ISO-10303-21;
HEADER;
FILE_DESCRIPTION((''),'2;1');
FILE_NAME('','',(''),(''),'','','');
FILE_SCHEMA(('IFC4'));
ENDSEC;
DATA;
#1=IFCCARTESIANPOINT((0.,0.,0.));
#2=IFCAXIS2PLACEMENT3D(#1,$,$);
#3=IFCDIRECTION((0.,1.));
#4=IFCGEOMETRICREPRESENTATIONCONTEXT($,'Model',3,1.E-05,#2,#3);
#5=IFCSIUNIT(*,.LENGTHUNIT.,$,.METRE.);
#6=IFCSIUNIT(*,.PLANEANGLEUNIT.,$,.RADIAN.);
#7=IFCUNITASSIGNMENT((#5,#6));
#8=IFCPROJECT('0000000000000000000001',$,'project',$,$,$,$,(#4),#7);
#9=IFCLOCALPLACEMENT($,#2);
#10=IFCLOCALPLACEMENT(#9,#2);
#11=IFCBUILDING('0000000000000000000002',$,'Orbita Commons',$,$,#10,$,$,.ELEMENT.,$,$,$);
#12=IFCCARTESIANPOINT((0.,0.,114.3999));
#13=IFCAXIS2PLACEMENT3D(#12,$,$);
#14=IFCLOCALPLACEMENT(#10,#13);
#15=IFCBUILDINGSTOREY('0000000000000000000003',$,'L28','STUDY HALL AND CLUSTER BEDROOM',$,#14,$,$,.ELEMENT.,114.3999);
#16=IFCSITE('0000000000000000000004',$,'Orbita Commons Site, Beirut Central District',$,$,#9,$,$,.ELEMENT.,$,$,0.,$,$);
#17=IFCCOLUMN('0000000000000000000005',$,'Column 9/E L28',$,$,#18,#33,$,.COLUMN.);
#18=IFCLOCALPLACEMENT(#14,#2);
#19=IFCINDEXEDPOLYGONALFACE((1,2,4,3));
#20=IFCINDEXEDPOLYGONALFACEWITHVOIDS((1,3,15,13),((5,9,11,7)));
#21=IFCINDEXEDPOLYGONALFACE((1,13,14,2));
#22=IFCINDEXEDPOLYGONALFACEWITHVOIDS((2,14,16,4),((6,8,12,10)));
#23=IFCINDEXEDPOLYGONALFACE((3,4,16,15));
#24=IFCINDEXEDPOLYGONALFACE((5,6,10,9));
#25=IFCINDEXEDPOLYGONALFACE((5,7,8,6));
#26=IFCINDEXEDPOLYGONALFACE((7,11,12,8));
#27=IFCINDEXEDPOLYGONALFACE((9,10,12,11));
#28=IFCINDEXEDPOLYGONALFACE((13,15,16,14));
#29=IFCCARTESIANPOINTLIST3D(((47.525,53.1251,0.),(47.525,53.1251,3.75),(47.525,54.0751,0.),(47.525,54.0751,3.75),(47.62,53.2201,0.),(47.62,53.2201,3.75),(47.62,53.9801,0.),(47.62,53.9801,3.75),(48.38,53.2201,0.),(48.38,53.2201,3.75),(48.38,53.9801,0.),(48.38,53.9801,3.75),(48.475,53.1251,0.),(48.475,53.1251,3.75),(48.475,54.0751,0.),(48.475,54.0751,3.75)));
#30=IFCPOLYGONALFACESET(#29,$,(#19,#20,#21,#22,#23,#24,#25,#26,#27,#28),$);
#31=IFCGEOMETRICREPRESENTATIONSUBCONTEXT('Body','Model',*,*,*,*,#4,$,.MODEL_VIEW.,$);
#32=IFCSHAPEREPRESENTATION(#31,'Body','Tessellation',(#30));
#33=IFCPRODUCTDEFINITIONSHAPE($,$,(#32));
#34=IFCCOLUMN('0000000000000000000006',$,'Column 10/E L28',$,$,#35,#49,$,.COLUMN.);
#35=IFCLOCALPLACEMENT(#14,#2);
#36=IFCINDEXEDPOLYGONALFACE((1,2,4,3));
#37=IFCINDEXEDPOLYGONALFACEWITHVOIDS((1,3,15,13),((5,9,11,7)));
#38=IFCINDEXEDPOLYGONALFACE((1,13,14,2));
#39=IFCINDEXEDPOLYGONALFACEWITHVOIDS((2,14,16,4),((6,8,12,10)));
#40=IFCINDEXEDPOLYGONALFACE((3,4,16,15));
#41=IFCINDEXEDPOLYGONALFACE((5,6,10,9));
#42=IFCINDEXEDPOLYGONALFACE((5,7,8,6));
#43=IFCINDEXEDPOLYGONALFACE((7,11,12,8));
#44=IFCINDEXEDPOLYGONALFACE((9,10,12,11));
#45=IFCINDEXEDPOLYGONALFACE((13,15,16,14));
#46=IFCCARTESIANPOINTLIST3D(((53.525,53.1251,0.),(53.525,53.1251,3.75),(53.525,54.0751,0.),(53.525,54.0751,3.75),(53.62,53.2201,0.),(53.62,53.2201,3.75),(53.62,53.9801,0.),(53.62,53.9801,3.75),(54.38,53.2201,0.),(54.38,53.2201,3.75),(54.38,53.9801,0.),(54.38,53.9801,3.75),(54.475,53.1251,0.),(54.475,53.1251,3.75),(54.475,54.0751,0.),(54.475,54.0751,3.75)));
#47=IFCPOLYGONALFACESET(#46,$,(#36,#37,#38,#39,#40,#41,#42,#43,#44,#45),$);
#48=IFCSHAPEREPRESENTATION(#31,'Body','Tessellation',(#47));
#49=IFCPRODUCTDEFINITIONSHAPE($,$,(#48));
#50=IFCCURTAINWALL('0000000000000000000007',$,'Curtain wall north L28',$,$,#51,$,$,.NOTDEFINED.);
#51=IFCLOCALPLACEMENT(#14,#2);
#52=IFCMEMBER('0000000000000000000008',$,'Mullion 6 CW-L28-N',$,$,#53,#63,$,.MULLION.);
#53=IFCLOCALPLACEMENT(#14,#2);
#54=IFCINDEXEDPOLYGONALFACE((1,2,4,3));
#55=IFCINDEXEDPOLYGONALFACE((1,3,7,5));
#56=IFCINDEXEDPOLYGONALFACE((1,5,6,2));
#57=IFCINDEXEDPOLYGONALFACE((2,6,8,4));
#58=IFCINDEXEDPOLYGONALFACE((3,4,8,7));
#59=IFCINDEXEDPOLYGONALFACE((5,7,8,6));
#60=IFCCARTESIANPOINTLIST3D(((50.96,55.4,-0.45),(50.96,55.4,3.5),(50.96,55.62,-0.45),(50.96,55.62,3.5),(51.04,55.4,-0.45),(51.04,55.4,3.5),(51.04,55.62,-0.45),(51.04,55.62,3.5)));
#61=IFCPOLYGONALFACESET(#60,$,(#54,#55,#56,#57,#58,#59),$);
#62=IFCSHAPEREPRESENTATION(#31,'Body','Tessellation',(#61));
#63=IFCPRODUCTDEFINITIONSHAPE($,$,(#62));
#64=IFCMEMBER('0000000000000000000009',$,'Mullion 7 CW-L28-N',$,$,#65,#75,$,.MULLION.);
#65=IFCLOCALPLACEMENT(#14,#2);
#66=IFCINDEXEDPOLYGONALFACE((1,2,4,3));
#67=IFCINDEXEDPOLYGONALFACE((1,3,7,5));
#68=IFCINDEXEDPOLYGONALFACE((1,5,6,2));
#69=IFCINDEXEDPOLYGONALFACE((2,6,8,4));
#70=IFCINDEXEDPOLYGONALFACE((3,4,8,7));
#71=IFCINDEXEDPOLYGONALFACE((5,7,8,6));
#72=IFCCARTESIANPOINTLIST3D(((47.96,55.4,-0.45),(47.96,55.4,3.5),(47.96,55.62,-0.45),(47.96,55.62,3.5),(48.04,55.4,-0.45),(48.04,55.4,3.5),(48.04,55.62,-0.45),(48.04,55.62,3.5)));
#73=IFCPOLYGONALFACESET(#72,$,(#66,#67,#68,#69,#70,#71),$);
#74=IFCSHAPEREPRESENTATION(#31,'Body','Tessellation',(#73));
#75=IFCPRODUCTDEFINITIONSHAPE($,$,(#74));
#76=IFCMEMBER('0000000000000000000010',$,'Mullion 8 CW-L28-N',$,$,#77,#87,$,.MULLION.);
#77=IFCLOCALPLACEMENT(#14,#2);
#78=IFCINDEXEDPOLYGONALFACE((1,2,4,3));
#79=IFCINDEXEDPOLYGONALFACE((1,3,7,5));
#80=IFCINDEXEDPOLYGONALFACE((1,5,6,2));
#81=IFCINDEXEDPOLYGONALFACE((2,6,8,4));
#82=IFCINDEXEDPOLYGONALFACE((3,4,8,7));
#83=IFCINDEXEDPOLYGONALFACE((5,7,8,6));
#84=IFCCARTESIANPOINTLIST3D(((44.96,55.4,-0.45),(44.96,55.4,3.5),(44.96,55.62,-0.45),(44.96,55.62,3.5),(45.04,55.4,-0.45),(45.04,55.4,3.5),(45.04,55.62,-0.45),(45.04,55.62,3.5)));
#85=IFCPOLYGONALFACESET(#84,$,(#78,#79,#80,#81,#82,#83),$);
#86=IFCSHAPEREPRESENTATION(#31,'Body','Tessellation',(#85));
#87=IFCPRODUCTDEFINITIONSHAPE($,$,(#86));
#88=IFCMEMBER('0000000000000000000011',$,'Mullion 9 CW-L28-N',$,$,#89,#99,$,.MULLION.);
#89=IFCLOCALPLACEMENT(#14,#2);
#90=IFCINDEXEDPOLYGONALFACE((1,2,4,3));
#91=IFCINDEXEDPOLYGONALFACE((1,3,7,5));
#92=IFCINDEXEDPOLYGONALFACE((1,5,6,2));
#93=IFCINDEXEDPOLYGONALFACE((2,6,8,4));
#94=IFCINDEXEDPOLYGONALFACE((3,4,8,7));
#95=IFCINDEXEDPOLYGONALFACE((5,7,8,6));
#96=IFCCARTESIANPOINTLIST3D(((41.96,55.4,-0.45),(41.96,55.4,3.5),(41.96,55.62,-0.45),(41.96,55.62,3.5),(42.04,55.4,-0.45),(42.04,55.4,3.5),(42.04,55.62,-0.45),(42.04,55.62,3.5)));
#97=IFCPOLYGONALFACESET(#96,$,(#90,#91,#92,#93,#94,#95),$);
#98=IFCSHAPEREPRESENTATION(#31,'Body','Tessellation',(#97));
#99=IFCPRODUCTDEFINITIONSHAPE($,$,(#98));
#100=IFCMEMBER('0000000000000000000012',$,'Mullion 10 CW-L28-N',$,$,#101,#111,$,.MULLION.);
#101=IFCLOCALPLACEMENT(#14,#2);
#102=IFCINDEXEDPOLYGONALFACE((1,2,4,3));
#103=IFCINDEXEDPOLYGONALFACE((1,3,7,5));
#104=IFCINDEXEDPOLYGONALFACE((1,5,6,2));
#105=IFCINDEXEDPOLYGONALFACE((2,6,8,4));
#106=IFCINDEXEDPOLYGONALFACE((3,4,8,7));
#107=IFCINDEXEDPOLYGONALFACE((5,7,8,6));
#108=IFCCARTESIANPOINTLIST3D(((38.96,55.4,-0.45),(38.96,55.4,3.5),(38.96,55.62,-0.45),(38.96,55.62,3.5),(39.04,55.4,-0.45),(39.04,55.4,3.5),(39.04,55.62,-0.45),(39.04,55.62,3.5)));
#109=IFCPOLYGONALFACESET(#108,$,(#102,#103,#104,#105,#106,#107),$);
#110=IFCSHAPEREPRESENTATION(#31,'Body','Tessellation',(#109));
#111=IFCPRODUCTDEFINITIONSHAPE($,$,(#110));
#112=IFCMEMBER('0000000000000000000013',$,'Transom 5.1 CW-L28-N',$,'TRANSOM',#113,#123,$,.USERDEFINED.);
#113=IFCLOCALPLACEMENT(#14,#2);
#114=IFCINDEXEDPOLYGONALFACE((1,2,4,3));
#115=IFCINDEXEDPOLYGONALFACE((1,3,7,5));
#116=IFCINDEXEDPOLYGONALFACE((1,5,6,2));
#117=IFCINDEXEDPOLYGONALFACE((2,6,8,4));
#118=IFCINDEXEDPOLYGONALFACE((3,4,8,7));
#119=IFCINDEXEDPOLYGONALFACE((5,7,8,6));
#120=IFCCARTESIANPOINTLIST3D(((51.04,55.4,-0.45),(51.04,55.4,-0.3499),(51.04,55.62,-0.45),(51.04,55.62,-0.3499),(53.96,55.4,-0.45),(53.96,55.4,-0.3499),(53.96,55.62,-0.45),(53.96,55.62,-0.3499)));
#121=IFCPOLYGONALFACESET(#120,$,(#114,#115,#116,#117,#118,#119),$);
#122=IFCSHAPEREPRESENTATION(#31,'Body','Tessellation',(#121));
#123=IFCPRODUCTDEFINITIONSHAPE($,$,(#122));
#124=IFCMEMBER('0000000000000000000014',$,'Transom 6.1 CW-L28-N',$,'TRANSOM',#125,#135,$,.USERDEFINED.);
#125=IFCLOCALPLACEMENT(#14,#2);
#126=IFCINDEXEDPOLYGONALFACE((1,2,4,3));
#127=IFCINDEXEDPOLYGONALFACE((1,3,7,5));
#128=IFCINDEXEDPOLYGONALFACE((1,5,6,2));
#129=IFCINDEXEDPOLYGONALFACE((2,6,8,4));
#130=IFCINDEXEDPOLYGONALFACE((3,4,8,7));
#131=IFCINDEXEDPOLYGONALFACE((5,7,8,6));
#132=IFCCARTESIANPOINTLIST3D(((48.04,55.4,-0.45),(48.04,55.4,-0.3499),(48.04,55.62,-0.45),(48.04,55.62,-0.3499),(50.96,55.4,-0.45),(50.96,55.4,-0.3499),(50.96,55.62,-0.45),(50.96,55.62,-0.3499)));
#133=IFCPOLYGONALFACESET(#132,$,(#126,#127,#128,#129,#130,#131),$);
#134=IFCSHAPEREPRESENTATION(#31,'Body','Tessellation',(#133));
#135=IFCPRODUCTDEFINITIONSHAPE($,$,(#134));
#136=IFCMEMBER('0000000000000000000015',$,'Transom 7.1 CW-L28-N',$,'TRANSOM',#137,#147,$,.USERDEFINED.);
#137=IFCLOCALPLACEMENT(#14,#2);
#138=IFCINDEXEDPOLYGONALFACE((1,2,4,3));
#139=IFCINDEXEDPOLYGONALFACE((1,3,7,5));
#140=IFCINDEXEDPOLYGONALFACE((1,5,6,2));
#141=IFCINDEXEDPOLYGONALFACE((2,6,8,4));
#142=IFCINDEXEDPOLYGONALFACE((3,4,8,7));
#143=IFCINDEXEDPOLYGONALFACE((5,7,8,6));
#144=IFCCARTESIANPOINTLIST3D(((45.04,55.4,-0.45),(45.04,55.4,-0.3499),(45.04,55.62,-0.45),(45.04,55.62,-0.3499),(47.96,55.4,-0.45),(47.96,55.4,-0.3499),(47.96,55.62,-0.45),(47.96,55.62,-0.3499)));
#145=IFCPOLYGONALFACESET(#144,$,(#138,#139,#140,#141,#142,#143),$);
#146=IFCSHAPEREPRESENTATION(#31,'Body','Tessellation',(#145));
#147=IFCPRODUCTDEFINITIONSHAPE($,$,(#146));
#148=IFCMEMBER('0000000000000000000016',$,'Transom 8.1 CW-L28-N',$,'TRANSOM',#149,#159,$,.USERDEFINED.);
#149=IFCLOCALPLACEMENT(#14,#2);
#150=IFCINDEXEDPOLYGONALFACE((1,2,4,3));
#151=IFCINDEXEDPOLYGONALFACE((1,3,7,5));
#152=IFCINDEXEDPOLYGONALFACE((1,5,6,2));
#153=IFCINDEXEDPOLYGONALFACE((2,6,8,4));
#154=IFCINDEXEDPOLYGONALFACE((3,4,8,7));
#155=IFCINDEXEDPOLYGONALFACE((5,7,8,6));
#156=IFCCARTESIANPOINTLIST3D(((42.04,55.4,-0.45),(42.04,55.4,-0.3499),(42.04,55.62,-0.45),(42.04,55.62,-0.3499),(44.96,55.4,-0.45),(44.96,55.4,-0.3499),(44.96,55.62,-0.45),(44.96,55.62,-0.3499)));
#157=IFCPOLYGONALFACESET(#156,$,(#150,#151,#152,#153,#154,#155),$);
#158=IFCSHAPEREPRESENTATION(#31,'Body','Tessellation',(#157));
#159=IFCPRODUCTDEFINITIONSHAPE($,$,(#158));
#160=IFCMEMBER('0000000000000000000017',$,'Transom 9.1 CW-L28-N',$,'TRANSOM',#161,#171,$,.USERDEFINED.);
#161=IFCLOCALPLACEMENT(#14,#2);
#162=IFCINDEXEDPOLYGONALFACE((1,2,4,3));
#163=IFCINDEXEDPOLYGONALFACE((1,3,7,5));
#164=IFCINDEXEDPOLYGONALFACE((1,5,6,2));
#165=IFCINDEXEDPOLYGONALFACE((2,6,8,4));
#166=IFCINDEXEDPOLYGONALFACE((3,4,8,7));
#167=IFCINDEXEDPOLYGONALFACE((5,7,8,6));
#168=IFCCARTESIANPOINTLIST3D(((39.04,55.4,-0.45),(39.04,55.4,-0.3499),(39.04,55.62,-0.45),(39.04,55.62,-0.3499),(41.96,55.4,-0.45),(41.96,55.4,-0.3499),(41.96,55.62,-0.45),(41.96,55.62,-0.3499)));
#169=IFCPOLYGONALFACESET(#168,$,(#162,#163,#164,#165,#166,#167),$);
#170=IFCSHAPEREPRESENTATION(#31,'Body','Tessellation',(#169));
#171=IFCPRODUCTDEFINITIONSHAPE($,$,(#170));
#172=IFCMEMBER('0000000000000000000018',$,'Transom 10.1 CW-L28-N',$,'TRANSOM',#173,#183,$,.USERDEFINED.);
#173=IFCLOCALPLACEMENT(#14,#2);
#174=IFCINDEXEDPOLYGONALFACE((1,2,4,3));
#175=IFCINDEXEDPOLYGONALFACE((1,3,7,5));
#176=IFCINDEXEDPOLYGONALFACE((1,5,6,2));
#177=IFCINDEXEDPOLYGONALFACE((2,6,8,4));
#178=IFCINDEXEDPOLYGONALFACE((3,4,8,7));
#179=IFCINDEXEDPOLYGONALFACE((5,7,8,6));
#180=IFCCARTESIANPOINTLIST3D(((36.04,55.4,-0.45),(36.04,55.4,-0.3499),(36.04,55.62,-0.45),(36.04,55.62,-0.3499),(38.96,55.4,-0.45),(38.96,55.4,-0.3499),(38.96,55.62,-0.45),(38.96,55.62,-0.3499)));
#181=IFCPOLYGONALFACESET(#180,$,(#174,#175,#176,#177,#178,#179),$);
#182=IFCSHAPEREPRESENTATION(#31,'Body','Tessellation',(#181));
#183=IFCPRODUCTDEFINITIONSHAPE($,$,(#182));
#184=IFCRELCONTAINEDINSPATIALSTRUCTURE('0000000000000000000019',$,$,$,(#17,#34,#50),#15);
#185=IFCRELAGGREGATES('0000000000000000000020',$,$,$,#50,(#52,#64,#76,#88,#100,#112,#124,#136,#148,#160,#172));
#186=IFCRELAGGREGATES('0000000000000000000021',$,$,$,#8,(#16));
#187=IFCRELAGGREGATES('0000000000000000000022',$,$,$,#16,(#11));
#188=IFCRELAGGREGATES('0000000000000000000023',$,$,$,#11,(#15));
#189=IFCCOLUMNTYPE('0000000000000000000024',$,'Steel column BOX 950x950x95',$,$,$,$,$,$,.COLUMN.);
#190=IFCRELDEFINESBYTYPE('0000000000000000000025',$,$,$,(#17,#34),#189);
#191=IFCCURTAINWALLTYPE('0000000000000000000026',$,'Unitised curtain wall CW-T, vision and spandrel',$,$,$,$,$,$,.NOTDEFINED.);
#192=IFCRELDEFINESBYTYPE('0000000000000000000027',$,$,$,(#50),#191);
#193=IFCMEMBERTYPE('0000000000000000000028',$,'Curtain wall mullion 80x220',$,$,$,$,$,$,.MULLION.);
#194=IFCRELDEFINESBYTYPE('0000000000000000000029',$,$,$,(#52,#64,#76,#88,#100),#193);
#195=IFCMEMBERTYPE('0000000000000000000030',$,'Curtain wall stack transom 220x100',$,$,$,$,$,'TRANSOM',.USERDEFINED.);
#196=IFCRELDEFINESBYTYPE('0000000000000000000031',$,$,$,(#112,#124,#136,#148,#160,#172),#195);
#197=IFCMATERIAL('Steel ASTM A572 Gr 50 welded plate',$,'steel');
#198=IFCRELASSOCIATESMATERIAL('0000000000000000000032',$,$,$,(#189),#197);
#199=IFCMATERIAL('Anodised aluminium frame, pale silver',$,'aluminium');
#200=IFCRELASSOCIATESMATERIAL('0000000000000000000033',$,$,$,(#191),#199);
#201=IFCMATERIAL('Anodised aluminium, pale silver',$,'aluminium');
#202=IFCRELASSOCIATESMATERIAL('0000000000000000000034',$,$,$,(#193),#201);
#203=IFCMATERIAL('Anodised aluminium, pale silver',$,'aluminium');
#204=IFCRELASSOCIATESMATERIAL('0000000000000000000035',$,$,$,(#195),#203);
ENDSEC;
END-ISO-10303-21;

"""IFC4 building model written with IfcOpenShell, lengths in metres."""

from ifc_helpers import new_model, si_unit, direction, frame, origin, origin_2d, place, context, subcontext, project, spatial, rectangle, hollow_rectangle, extrude, material, material_profile, profile_set, type_object, element, aggregate, save


model = new_model("IFC4")

# Units and contexts
model_context = context("Model", 3, precision=1e-05, world=origin(), true_north=direction((0.0, 1.0)))
body_context = subcontext(model_context, "Body", "Model", "MODEL_VIEW")
ifc_project = project(units=[si_unit("LENGTHUNIT", "METRE"), si_unit("PLANEANGLEUNIT", "RADIAN")], contexts=[model_context])

# Site, building, storey
site_placement = place(None, origin())
site = spatial("IfcSite", under=ifc_project, at=site_placement, Name="Orbita Commons Site, Beirut Central District", CompositionType="ELEMENT", RefElevation=0.0)
building_placement = place(site_placement, origin())
building = spatial("IfcBuilding", under=site, at=building_placement, Name="Orbita Commons", CompositionType="ELEMENT")
storey_placement = place(building_placement, frame((0.0, 0.0, 114.3999)))
storey = spatial("IfcBuildingStorey", under=building, at=storey_placement, Name="L28", Description="STUDY HALL AND CLUSTER BEDROOM", CompositionType="ELEMENT", Elevation=114.3999)

# Columns
ifc_material_1 = material(Name="Steel ASTM A572 Gr 50 welded plate", Category="steel")
ifc_material_profile_1 = material_profile(ifc_material_1, hollow_rectangle(XDim=0.95, YDim=0.95, WallThickness=0.095, at=origin_2d()), Name="BOX 950x950x95")
ifc_profile_set_1 = profile_set([ifc_material_profile_1], Name="Steel ASTM A572 Gr 50 welded plate")
column_type = type_object("IfcColumnType", Name="Steel column BOX 950x950x95", PredefinedType="COLUMN", material=ifc_profile_set_1)
for number, where, z_axis, x_axis, name in (
    (1, (48.0, 53.6001, 0.0), (0.0, 0.0, 1.0), (1.0, 0.0, 0.0), "Column 9/E L28"),
    (2, (54.0, 53.6001, 0.0), (0.0, 0.0, 1.0), (1.0, 0.0, 0.0), "Column 10/E L28"),
):
    element("IfcColumn", number, at=place(storey_placement, frame(where, z_axis=z_axis, x_axis=x_axis)), inside=storey, type_object=column_type, Name=name, PredefinedType="COLUMN", context=body_context, shape_type="SweptSolid", body=[
        extrude(hollow_rectangle(XDim=0.95, YDim=0.95, WallThickness=0.095, at=origin_2d()), origin(), (0.0, 0.0, 1.0), 3.75),
    ])

# Curtain wall, members
ifc_material_2 = material(Name="Anodised aluminium frame, pale silver", Category="aluminium")
curtain_wall_type = type_object("IfcCurtainWallType", Name="Unitised curtain wall CW-T, vision and spandrel", PredefinedType="NOTDEFINED", material=ifc_material_2)
curtain_wall_placement = place(storey_placement, origin())
curtain_wall = element("IfcCurtainWall", 3, at=curtain_wall_placement, inside=storey, type_object=curtain_wall_type, Name="Curtain wall north L28", PredefinedType="NOTDEFINED")
ifc_material_3 = material(Name="Anodised aluminium, pale silver", Category="aluminium")
ifc_material_profile_2 = material_profile(ifc_material_3, rectangle(XDim=0.0801, YDim=0.22, at=origin_2d()), Name="AL 80x220")
ifc_profile_set_2 = profile_set([ifc_material_profile_2], Name="Anodised aluminium, pale silver")
member_type_1 = type_object("IfcMemberType", Name="Curtain wall mullion 80x220", PredefinedType="MULLION", material=ifc_profile_set_2)
member_1_placement = place(storey_placement, frame((51.0, 55.51, -0.45), z_axis=(0.0, 0.0, 1.0), x_axis=(-1.0, 0.0, 0.0)))
member_1 = element("IfcMember", 4, at=member_1_placement, type_object=member_type_1, Name="Mullion 6 CW-L28-N", PredefinedType="MULLION", context=body_context, shape_type="SweptSolid", body=[
    extrude(rectangle(XDim=0.0801, YDim=0.22, at=origin_2d()), origin(), (0.0, 0.0, 1.0), 3.95),
])
member_2_placement = place(storey_placement, frame((48.0, 55.51, -0.45), z_axis=(0.0, 0.0, 1.0), x_axis=(-1.0, 0.0, 0.0)))
member_2 = element("IfcMember", 5, at=member_2_placement, type_object=member_type_1, Name="Mullion 7 CW-L28-N", PredefinedType="MULLION", context=body_context, shape_type="SweptSolid", body=[
    extrude(rectangle(XDim=0.0801, YDim=0.22, at=origin_2d()), origin(), (0.0, 0.0, 1.0), 3.95),
])
member_3_placement = place(storey_placement, frame((45.0, 55.51, -0.45), z_axis=(0.0, 0.0, 1.0), x_axis=(-1.0, 0.0, 0.0)))
member_3 = element("IfcMember", 6, at=member_3_placement, type_object=member_type_1, Name="Mullion 8 CW-L28-N", PredefinedType="MULLION", context=body_context, shape_type="SweptSolid", body=[
    extrude(rectangle(XDim=0.0801, YDim=0.22, at=origin_2d()), origin(), (0.0, 0.0, 1.0), 3.95),
])
member_4_placement = place(storey_placement, frame((42.0, 55.51, -0.45), z_axis=(0.0, 0.0, 1.0), x_axis=(-1.0, 0.0, 0.0)))
member_4 = element("IfcMember", 7, at=member_4_placement, type_object=member_type_1, Name="Mullion 9 CW-L28-N", PredefinedType="MULLION", context=body_context, shape_type="SweptSolid", body=[
    extrude(rectangle(XDim=0.0801, YDim=0.22, at=origin_2d()), origin(), (0.0, 0.0, 1.0), 3.95),
])
member_5_placement = place(storey_placement, frame((39.0, 55.51, -0.45), z_axis=(0.0, 0.0, 1.0), x_axis=(-1.0, 0.0, 0.0)))
member_5 = element("IfcMember", 8, at=member_5_placement, type_object=member_type_1, Name="Mullion 10 CW-L28-N", PredefinedType="MULLION", context=body_context, shape_type="SweptSolid", body=[
    extrude(rectangle(XDim=0.0801, YDim=0.22, at=origin_2d()), origin(), (0.0, 0.0, 1.0), 3.95),
])
ifc_material_4 = material(Name="Anodised aluminium, pale silver", Category="aluminium")
ifc_material_profile_3 = material_profile(ifc_material_4, rectangle(XDim=0.22, YDim=0.1001, at=origin_2d()), Name="AL 220x100")
ifc_profile_set_3 = profile_set([ifc_material_profile_3], Name="Anodised aluminium, pale silver")
member_type_2 = type_object("IfcMemberType", Name="Curtain wall stack transom 220x100", ElementType="TRANSOM", PredefinedType="USERDEFINED", material=ifc_profile_set_3)
member_6_placement = place(storey_placement, frame((53.96, 55.51, -0.3999), z_axis=(-1.0, 0.0, 0.0), x_axis=(0.0, -1.0, 0.0)))
member_6 = element("IfcMember", 9, at=member_6_placement, type_object=member_type_2, Name="Transom 5.1 CW-L28-N", ObjectType="TRANSOM", PredefinedType="USERDEFINED", context=body_context, shape_type="SweptSolid", body=[
    extrude(rectangle(XDim=0.22, YDim=0.1001, at=origin_2d()), origin(), (0.0, 0.0, 1.0), 2.9199),
])
member_7_placement = place(storey_placement, frame((50.96, 55.51, -0.3999), z_axis=(-1.0, 0.0, 0.0), x_axis=(0.0, -1.0, 0.0)))
member_7 = element("IfcMember", 10, at=member_7_placement, type_object=member_type_2, Name="Transom 6.1 CW-L28-N", ObjectType="TRANSOM", PredefinedType="USERDEFINED", context=body_context, shape_type="SweptSolid", body=[
    extrude(rectangle(XDim=0.22, YDim=0.1001, at=origin_2d()), origin(), (0.0, 0.0, 1.0), 2.9199),
])
member_8_placement = place(storey_placement, frame((47.96, 55.51, -0.3999), z_axis=(-1.0, 0.0, 0.0), x_axis=(0.0, -1.0, 0.0)))
member_8 = element("IfcMember", 11, at=member_8_placement, type_object=member_type_2, Name="Transom 7.1 CW-L28-N", ObjectType="TRANSOM", PredefinedType="USERDEFINED", context=body_context, shape_type="SweptSolid", body=[
    extrude(rectangle(XDim=0.22, YDim=0.1001, at=origin_2d()), origin(), (0.0, 0.0, 1.0), 2.9199),
])
member_9_placement = place(storey_placement, frame((44.96, 55.51, -0.3999), z_axis=(-1.0, 0.0, 0.0), x_axis=(0.0, -1.0, 0.0)))
member_9 = element("IfcMember", 12, at=member_9_placement, type_object=member_type_2, Name="Transom 8.1 CW-L28-N", ObjectType="TRANSOM", PredefinedType="USERDEFINED", context=body_context, shape_type="SweptSolid", body=[
    extrude(rectangle(XDim=0.22, YDim=0.1001, at=origin_2d()), origin(), (0.0, 0.0, 1.0), 2.9199),
])
member_10_placement = place(storey_placement, frame((41.96, 55.51, -0.3999), z_axis=(-1.0, 0.0, 0.0), x_axis=(0.0, -1.0, 0.0)))
member_10 = element("IfcMember", 13, at=member_10_placement, type_object=member_type_2, Name="Transom 9.1 CW-L28-N", ObjectType="TRANSOM", PredefinedType="USERDEFINED", context=body_context, shape_type="SweptSolid", body=[
    extrude(rectangle(XDim=0.22, YDim=0.1001, at=origin_2d()), origin(), (0.0, 0.0, 1.0), 2.9199),
])
member_11_placement = place(storey_placement, frame((38.96, 55.51, -0.3999), z_axis=(-1.0, 0.0, 0.0), x_axis=(0.0, -1.0, 0.0)))
member_11 = element("IfcMember", 14, at=member_11_placement, type_object=member_type_2, Name="Transom 10.1 CW-L28-N", ObjectType="TRANSOM", PredefinedType="USERDEFINED", context=body_context, shape_type="SweptSolid", body=[
    extrude(rectangle(XDim=0.22, YDim=0.1001, at=origin_2d()), origin(), (0.0, 0.0, 1.0), 2.9199),
])

aggregate(curtain_wall, [member_1, member_2, member_3, member_4, member_5, member_6, member_7, member_8, member_9, member_10, member_11])

save(model, "model.ifc")
